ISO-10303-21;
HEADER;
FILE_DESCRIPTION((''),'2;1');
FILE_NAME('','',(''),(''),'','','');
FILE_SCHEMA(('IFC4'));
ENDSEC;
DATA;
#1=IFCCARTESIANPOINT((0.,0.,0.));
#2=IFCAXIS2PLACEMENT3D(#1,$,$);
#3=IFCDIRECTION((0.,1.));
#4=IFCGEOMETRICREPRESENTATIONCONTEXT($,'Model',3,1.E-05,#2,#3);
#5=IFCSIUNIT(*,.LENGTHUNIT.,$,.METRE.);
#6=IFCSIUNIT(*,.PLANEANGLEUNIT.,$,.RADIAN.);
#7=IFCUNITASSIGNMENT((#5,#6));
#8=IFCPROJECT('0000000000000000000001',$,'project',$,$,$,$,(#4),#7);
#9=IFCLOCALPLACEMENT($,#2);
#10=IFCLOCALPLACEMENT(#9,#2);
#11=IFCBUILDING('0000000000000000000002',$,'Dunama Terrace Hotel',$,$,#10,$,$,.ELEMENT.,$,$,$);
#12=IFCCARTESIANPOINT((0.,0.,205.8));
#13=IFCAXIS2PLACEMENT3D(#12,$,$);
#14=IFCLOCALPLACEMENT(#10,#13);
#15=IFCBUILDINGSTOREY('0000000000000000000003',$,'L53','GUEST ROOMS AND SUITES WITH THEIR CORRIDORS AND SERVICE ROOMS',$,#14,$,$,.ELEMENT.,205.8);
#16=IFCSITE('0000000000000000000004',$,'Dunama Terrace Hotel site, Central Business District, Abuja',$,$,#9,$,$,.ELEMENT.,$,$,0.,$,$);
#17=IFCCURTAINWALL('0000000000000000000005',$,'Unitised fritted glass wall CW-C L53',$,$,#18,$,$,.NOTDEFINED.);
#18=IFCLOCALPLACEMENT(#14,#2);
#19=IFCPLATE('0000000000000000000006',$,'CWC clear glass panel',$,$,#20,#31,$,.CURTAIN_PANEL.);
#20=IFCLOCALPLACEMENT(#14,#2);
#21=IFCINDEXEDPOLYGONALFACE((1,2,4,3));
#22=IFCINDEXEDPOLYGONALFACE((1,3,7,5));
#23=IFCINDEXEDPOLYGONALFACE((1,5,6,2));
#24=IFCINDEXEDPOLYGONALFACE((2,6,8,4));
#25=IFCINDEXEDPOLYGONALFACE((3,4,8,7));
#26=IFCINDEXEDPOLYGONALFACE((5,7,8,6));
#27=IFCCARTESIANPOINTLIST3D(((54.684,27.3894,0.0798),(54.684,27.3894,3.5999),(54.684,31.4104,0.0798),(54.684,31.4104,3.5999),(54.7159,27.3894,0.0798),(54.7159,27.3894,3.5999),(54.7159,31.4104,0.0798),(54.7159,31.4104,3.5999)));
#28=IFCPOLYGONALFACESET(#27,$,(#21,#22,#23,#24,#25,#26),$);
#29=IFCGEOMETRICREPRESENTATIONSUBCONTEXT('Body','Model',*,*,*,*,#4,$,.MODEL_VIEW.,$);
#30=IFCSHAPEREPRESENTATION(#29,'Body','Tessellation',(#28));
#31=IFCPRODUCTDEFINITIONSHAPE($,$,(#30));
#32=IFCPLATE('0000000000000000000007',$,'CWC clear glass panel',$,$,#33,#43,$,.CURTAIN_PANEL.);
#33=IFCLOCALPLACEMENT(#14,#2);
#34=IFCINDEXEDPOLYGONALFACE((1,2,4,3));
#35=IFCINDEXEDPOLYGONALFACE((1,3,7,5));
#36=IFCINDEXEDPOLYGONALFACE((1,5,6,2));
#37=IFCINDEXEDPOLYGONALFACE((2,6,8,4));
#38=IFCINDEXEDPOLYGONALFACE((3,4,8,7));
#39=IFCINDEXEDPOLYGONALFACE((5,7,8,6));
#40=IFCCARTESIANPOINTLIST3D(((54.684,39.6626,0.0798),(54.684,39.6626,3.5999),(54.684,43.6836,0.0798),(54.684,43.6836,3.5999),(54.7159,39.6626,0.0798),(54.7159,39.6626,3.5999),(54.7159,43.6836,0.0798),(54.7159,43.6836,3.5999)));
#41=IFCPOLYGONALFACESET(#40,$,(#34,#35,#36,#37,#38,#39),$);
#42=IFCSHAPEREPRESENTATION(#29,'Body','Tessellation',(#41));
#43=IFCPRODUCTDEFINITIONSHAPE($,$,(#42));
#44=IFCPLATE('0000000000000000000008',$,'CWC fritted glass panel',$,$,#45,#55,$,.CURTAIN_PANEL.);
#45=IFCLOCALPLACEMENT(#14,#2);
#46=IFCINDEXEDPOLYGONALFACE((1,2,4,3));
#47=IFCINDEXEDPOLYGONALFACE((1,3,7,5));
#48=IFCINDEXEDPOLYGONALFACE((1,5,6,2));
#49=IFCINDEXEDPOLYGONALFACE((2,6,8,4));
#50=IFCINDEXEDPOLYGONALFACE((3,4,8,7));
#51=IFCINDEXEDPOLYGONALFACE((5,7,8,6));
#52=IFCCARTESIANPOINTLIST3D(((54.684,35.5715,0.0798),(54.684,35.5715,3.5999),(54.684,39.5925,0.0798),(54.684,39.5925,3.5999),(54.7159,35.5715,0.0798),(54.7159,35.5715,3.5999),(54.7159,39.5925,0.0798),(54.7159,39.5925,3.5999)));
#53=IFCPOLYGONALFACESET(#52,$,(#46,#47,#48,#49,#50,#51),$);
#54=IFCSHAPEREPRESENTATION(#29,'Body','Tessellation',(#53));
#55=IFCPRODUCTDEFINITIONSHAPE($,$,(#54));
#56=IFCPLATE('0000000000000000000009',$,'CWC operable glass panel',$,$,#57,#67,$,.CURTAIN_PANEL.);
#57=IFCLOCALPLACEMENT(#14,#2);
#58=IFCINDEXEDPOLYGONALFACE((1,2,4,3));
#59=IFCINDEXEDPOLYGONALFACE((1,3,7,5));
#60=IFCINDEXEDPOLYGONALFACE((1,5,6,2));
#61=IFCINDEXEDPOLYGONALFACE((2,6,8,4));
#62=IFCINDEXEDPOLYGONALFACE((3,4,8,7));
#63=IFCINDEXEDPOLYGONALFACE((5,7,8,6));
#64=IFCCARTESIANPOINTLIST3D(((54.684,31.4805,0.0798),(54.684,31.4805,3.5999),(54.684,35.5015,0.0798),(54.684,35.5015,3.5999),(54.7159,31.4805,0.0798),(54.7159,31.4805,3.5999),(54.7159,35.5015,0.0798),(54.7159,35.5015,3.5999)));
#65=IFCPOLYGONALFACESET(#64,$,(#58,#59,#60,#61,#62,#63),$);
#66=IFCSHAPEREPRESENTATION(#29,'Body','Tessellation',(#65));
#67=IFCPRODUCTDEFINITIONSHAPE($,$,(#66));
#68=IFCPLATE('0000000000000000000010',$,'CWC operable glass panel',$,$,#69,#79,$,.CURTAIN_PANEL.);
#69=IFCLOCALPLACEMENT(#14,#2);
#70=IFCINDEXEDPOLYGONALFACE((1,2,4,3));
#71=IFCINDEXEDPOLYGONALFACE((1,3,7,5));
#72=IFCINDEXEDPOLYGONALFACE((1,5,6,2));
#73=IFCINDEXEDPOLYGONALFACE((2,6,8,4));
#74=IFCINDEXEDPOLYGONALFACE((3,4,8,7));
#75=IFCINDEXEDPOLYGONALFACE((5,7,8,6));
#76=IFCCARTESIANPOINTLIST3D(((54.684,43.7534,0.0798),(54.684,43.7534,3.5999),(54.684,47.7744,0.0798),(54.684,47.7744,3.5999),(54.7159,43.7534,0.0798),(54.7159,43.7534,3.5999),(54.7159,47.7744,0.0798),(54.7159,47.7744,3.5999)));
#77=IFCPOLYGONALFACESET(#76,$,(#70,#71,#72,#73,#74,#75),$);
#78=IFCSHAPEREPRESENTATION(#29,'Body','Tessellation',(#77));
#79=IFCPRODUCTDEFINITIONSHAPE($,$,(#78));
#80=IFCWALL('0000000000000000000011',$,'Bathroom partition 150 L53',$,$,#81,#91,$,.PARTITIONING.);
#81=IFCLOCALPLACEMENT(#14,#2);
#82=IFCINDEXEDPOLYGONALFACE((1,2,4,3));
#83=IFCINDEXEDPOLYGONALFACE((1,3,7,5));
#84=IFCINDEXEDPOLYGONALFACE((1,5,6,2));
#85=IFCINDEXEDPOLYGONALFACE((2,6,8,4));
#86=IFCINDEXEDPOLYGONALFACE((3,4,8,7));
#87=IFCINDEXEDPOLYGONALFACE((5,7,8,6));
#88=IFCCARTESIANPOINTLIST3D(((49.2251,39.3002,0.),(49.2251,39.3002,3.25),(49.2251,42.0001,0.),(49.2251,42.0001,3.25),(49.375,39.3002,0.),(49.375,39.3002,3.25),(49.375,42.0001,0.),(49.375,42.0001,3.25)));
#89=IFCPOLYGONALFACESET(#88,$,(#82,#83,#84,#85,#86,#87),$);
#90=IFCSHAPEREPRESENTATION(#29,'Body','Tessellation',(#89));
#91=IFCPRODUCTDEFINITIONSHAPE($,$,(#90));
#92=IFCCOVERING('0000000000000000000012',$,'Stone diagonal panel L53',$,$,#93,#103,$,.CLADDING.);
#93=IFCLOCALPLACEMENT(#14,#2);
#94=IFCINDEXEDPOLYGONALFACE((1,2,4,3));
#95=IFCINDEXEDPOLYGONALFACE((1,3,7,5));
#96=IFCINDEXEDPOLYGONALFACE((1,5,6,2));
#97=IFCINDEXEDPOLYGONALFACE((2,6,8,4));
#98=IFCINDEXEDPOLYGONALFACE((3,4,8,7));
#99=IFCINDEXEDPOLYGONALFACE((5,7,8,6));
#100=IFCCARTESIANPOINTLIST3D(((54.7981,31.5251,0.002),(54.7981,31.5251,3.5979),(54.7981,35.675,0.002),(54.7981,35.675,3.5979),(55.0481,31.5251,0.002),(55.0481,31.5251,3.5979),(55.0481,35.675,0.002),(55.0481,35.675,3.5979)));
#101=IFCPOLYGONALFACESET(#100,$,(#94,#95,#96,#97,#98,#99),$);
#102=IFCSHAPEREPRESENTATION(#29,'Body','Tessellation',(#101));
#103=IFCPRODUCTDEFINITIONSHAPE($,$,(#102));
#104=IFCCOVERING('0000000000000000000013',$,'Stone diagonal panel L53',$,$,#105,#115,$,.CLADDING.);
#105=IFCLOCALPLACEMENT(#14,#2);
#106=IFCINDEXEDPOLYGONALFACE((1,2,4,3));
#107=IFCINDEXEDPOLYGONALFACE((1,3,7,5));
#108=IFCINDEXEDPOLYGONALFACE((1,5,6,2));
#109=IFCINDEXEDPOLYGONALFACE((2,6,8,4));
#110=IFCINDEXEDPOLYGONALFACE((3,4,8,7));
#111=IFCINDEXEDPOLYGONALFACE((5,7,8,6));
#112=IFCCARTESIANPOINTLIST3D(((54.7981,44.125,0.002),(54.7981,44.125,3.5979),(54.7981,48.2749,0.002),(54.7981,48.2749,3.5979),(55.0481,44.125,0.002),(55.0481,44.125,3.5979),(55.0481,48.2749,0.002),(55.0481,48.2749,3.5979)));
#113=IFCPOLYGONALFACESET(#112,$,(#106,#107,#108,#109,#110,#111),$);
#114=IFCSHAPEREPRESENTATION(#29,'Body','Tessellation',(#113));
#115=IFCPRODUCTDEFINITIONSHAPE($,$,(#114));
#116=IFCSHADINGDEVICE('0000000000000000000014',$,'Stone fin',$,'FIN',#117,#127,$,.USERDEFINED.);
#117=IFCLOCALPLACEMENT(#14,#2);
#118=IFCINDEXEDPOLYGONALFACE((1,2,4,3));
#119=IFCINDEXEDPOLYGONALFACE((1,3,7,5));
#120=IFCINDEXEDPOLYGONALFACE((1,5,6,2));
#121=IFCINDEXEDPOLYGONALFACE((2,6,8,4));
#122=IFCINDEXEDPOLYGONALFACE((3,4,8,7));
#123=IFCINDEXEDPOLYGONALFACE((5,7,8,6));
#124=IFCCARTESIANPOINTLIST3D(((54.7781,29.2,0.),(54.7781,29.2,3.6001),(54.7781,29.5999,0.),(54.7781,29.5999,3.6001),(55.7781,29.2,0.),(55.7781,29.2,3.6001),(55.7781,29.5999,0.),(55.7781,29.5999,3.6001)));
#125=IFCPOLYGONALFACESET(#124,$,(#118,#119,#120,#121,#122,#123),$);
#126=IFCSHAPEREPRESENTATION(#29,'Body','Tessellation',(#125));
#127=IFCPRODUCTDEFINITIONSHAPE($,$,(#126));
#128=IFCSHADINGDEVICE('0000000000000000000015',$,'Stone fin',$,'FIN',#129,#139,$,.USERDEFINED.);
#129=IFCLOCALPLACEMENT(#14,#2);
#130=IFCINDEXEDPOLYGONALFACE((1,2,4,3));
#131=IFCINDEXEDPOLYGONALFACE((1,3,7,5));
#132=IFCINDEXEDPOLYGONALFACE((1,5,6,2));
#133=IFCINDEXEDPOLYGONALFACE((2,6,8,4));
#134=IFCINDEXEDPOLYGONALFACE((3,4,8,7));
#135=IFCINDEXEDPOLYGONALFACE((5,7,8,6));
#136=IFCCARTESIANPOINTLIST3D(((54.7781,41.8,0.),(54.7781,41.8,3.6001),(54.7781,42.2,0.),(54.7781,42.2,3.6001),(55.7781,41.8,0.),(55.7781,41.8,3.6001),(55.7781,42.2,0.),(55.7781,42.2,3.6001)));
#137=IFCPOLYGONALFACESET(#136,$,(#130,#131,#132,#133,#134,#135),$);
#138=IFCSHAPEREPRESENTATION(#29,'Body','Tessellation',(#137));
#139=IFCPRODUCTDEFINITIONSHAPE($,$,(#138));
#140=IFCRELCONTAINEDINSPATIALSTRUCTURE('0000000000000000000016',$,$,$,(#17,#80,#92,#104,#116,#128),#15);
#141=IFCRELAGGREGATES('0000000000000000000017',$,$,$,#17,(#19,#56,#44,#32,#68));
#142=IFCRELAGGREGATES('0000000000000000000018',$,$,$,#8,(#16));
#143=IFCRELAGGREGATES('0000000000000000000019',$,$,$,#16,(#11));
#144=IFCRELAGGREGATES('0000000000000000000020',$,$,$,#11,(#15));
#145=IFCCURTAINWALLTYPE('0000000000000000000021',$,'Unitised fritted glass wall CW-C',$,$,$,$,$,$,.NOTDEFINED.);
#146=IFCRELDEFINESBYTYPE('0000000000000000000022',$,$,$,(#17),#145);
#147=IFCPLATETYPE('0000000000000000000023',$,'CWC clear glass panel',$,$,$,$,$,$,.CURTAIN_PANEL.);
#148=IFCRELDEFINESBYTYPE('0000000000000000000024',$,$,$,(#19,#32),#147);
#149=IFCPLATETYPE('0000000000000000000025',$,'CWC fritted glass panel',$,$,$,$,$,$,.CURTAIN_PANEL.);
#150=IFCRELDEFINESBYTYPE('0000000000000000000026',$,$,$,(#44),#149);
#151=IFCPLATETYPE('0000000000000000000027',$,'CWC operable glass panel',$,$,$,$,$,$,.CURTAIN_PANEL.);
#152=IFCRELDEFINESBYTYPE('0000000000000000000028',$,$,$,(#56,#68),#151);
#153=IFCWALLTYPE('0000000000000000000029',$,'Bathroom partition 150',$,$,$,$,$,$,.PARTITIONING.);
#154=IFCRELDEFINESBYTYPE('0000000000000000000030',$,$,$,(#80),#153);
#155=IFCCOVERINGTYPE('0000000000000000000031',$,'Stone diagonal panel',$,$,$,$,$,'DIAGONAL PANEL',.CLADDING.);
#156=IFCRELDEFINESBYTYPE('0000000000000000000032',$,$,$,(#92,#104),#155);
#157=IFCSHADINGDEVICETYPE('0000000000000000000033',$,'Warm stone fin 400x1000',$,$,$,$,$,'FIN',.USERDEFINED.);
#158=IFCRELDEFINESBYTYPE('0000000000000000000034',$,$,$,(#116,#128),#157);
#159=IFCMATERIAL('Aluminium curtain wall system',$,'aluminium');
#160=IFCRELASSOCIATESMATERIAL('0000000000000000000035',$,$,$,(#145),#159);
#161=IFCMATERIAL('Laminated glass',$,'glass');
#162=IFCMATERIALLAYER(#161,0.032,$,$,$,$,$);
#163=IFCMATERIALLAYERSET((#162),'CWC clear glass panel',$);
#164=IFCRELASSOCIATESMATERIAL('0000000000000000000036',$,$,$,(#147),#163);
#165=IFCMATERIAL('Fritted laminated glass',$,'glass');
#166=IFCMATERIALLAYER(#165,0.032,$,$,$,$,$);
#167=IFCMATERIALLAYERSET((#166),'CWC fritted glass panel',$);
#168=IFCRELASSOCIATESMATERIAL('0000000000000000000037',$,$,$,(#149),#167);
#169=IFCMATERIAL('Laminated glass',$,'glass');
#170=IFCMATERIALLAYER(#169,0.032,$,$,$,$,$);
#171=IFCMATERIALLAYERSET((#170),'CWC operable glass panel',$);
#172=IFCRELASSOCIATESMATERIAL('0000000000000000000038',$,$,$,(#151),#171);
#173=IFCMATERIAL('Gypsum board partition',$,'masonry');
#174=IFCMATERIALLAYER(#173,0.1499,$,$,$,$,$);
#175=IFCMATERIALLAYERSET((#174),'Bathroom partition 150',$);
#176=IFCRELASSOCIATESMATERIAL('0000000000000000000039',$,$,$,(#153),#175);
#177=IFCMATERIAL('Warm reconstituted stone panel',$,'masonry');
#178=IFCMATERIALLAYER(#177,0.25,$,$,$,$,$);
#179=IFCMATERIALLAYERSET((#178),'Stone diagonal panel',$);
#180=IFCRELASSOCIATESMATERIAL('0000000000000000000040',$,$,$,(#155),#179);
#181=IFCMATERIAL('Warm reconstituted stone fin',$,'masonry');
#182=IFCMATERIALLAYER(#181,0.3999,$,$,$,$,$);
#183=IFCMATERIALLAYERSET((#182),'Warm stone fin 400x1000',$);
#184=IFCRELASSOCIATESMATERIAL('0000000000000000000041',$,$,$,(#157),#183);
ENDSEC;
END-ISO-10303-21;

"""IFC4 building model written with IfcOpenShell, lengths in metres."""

from ifc_helpers import new_model, si_unit, direction, frame, frame_2d, origin, origin_2d, place, context, subcontext, project, spatial, rectangle, extrude, material, layer, layer_set, type_object, element, aggregate, save


model = new_model("IFC4")

# Units and contexts
model_context = context("Model", 3, precision=1e-05, world=origin(), true_north=direction((0.0, 1.0)))
body_context = subcontext(model_context, "Body", "Model", "MODEL_VIEW")
ifc_project = project(units=[si_unit("LENGTHUNIT", "METRE"), si_unit("PLANEANGLEUNIT", "RADIAN")], contexts=[model_context])

# Site, building, storey
site_placement = place(None, origin())
site = spatial("IfcSite", under=ifc_project, at=site_placement, Name="Dunama Terrace Hotel site, Central Business District, Abuja", CompositionType="ELEMENT", RefElevation=0.0)
building_placement = place(site_placement, origin())
building = spatial("IfcBuilding", under=site, at=building_placement, Name="Dunama Terrace Hotel", CompositionType="ELEMENT")
storey_placement = place(building_placement, frame((0.0, 0.0, 205.8)))
storey = spatial("IfcBuildingStorey", under=building, at=storey_placement, Name="L53", Description="GUEST ROOMS AND SUITES WITH THEIR CORRIDORS AND SERVICE ROOMS", CompositionType="ELEMENT", Elevation=205.8)

# Curtain wall
ifc_material_1 = material(Name="Aluminium curtain wall system", Category="aluminium")
curtain_wall_type = type_object("IfcCurtainWallType", Name="Unitised fritted glass wall CW-C", PredefinedType="NOTDEFINED", material=ifc_material_1)
curtain_wall_placement = place(storey_placement, origin())
curtain_wall = element("IfcCurtainWall", 1, at=curtain_wall_placement, inside=storey, type_object=curtain_wall_type, Name="Unitised fritted glass wall CW-C L53", PredefinedType="NOTDEFINED")

# Plates
ifc_material_2 = material(Name="Laminated glass", Category="glass")
ifc_layer_1 = layer(ifc_material_2, 0.032)
ifc_layer_set_1 = layer_set([ifc_layer_1], Name="CWC clear glass panel")
plate_type_1 = type_object("IfcPlateType", Name="CWC clear glass panel", PredefinedType="CURTAIN_PANEL", material=ifc_layer_set_1)
plate_1_placement = place(storey_placement, frame((54.7, 29.3999, 0.0798), z_axis=(0.0, 0.0, 1.0), x_axis=(0.0, 1.0, 0.0)))
plate_1 = element("IfcPlate", 2, at=plate_1_placement, type_object=plate_type_1, Name="CWC clear glass panel", PredefinedType="CURTAIN_PANEL", context=body_context, shape_type="SweptSolid", body=[
    extrude(rectangle(XDim=4.021, YDim=0.032, at=origin_2d()), origin(), (0.0, 0.0, 1.0), 3.52),
])
plate_2_placement = place(storey_placement, frame((54.7, 41.6731, 0.0798), z_axis=(0.0, 0.0, 1.0), x_axis=(0.0, 1.0, 0.0)))
plate_2 = element("IfcPlate", 3, at=plate_2_placement, type_object=plate_type_1, Name="CWC clear glass panel", PredefinedType="CURTAIN_PANEL", context=body_context, shape_type="SweptSolid", body=[
    extrude(rectangle(XDim=4.021, YDim=0.032, at=origin_2d()), origin(), (0.0, 0.0, 1.0), 3.52),
])
ifc_material_3 = material(Name="Fritted laminated glass", Category="glass")
ifc_layer_2 = layer(ifc_material_3, 0.032)
ifc_layer_set_2 = layer_set([ifc_layer_2], Name="CWC fritted glass panel")
plate_type_2 = type_object("IfcPlateType", Name="CWC fritted glass panel", PredefinedType="CURTAIN_PANEL", material=ifc_layer_set_2)
plate_3_placement = place(storey_placement, frame((54.7, 37.582, 0.0798), z_axis=(0.0, 0.0, 1.0), x_axis=(0.0, 1.0, 0.0)))
plate_3 = element("IfcPlate", 4, at=plate_3_placement, type_object=plate_type_2, Name="CWC fritted glass panel", PredefinedType="CURTAIN_PANEL", context=body_context, shape_type="SweptSolid", body=[
    extrude(rectangle(XDim=4.021, YDim=0.032, at=origin_2d()), origin(), (0.0, 0.0, 1.0), 3.52),
])
ifc_material_4 = material(Name="Laminated glass", Category="glass")
ifc_layer_3 = layer(ifc_material_4, 0.032)
ifc_layer_set_3 = layer_set([ifc_layer_3], Name="CWC operable glass panel")
plate_type_3 = type_object("IfcPlateType", Name="CWC operable glass panel", PredefinedType="CURTAIN_PANEL", material=ifc_layer_set_3)
plate_4_placement = place(storey_placement, frame((54.7, 33.491, 0.0798), z_axis=(0.0, 0.0, 1.0), x_axis=(0.0, 1.0, 0.0)))
plate_4 = element("IfcPlate", 5, at=plate_4_placement, type_object=plate_type_3, Name="CWC operable glass panel", PredefinedType="CURTAIN_PANEL", context=body_context, shape_type="SweptSolid", body=[
    extrude(rectangle(XDim=4.021, YDim=0.032, at=origin_2d()), origin(), (0.0, 0.0, 1.0), 3.52),
])
plate_5_placement = place(storey_placement, frame((54.7, 45.7639, 0.0798), z_axis=(0.0, 0.0, 1.0), x_axis=(0.0, 1.0, 0.0)))
plate_5 = element("IfcPlate", 6, at=plate_5_placement, type_object=plate_type_3, Name="CWC operable glass panel", PredefinedType="CURTAIN_PANEL", context=body_context, shape_type="SweptSolid", body=[
    extrude(rectangle(XDim=4.021, YDim=0.032, at=origin_2d()), origin(), (0.0, 0.0, 1.0), 3.52),
])
aggregate(curtain_wall, [plate_1, plate_4, plate_3, plate_2, plate_5])

# Wall
ifc_material_5 = material(Name="Gypsum board partition", Category="masonry")
ifc_layer_4 = layer(ifc_material_5, 0.1499)
ifc_layer_set_4 = layer_set([ifc_layer_4], Name="Bathroom partition 150")
wall_type = type_object("IfcWallType", Name="Bathroom partition 150", PredefinedType="PARTITIONING", material=ifc_layer_set_4)
wall_placement = place(storey_placement, frame((49.3, 39.3, 0.0), z_axis=(0.0, 0.0, 1.0), x_axis=(0.0, 1.0, 0.0)))
element("IfcWall", 7, at=wall_placement, inside=storey, type_object=wall_type, Name="Bathroom partition 150 L53", PredefinedType="PARTITIONING", context=body_context, shape_type="SweptSolid", body=[
    extrude(rectangle(XDim=2.7, YDim=0.1499, at=frame_2d((1.3501, 0.0))), origin(), (0.0, 0.0, 1.0), 3.25),
])

# Coverings
ifc_material_6 = material(Name="Warm reconstituted stone panel", Category="masonry")
ifc_layer_5 = layer(ifc_material_6, 0.25)
ifc_layer_set_5 = layer_set([ifc_layer_5], Name="Stone diagonal panel")
covering_type = type_object("IfcCoveringType", Name="Stone diagonal panel", ElementType="DIAGONAL PANEL", PredefinedType="CLADDING", material=ifc_layer_set_5)
for number, where, z_axis, x_axis, name in (
    (8, (54.9231, 33.6001, 0.002), (0.0, 0.0, 1.0), (0.0, 1.0, 0.0), "Stone diagonal panel L53"),
    (9, (54.9231, 46.2, 0.002), (0.0, 0.0, 1.0), (0.0, 1.0, 0.0), "Stone diagonal panel L53"),
):
    element("IfcCovering", number, at=place(storey_placement, frame(where, z_axis=z_axis, x_axis=x_axis)), inside=storey, type_object=covering_type, Name=name, PredefinedType="CLADDING", context=body_context, shape_type="SweptSolid", body=[
        extrude(rectangle(XDim=4.1499, YDim=0.25, at=origin_2d()), origin(), (0.0, 0.0, 1.0), 3.5959),
    ])

# Shading devices
ifc_material_7 = material(Name="Warm reconstituted stone fin", Category="masonry")
ifc_layer_6 = layer(ifc_material_7, 0.3999)
ifc_layer_set_6 = layer_set([ifc_layer_6], Name="Warm stone fin 400x1000")
shading_device_type = type_object("IfcShadingDeviceType", Name="Warm stone fin 400x1000", ElementType="FIN", PredefinedType="USERDEFINED", material=ifc_layer_set_6)
for number, where, z_axis, x_axis, name in (
    (10, (55.2781, 29.3999, 0.0), (0.0, 0.0, 1.0), (0.0, 1.0, 0.0), "Stone fin"),
    (11, (55.2781, 42.0, 0.0), (0.0, 0.0, 1.0), (0.0, 1.0, 0.0), "Stone fin"),
):
    element("IfcShadingDevice", number, at=place(storey_placement, frame(where, z_axis=z_axis, x_axis=x_axis)), inside=storey, type_object=shading_device_type, Name=name, ObjectType="FIN", PredefinedType="USERDEFINED", context=body_context, shape_type="SweptSolid", body=[
        extrude(rectangle(XDim=0.3999, YDim=1.0, at=origin_2d()), origin(), (0.0, 0.0, 1.0), 3.6001),
    ])

save(model, "model.ifc")
